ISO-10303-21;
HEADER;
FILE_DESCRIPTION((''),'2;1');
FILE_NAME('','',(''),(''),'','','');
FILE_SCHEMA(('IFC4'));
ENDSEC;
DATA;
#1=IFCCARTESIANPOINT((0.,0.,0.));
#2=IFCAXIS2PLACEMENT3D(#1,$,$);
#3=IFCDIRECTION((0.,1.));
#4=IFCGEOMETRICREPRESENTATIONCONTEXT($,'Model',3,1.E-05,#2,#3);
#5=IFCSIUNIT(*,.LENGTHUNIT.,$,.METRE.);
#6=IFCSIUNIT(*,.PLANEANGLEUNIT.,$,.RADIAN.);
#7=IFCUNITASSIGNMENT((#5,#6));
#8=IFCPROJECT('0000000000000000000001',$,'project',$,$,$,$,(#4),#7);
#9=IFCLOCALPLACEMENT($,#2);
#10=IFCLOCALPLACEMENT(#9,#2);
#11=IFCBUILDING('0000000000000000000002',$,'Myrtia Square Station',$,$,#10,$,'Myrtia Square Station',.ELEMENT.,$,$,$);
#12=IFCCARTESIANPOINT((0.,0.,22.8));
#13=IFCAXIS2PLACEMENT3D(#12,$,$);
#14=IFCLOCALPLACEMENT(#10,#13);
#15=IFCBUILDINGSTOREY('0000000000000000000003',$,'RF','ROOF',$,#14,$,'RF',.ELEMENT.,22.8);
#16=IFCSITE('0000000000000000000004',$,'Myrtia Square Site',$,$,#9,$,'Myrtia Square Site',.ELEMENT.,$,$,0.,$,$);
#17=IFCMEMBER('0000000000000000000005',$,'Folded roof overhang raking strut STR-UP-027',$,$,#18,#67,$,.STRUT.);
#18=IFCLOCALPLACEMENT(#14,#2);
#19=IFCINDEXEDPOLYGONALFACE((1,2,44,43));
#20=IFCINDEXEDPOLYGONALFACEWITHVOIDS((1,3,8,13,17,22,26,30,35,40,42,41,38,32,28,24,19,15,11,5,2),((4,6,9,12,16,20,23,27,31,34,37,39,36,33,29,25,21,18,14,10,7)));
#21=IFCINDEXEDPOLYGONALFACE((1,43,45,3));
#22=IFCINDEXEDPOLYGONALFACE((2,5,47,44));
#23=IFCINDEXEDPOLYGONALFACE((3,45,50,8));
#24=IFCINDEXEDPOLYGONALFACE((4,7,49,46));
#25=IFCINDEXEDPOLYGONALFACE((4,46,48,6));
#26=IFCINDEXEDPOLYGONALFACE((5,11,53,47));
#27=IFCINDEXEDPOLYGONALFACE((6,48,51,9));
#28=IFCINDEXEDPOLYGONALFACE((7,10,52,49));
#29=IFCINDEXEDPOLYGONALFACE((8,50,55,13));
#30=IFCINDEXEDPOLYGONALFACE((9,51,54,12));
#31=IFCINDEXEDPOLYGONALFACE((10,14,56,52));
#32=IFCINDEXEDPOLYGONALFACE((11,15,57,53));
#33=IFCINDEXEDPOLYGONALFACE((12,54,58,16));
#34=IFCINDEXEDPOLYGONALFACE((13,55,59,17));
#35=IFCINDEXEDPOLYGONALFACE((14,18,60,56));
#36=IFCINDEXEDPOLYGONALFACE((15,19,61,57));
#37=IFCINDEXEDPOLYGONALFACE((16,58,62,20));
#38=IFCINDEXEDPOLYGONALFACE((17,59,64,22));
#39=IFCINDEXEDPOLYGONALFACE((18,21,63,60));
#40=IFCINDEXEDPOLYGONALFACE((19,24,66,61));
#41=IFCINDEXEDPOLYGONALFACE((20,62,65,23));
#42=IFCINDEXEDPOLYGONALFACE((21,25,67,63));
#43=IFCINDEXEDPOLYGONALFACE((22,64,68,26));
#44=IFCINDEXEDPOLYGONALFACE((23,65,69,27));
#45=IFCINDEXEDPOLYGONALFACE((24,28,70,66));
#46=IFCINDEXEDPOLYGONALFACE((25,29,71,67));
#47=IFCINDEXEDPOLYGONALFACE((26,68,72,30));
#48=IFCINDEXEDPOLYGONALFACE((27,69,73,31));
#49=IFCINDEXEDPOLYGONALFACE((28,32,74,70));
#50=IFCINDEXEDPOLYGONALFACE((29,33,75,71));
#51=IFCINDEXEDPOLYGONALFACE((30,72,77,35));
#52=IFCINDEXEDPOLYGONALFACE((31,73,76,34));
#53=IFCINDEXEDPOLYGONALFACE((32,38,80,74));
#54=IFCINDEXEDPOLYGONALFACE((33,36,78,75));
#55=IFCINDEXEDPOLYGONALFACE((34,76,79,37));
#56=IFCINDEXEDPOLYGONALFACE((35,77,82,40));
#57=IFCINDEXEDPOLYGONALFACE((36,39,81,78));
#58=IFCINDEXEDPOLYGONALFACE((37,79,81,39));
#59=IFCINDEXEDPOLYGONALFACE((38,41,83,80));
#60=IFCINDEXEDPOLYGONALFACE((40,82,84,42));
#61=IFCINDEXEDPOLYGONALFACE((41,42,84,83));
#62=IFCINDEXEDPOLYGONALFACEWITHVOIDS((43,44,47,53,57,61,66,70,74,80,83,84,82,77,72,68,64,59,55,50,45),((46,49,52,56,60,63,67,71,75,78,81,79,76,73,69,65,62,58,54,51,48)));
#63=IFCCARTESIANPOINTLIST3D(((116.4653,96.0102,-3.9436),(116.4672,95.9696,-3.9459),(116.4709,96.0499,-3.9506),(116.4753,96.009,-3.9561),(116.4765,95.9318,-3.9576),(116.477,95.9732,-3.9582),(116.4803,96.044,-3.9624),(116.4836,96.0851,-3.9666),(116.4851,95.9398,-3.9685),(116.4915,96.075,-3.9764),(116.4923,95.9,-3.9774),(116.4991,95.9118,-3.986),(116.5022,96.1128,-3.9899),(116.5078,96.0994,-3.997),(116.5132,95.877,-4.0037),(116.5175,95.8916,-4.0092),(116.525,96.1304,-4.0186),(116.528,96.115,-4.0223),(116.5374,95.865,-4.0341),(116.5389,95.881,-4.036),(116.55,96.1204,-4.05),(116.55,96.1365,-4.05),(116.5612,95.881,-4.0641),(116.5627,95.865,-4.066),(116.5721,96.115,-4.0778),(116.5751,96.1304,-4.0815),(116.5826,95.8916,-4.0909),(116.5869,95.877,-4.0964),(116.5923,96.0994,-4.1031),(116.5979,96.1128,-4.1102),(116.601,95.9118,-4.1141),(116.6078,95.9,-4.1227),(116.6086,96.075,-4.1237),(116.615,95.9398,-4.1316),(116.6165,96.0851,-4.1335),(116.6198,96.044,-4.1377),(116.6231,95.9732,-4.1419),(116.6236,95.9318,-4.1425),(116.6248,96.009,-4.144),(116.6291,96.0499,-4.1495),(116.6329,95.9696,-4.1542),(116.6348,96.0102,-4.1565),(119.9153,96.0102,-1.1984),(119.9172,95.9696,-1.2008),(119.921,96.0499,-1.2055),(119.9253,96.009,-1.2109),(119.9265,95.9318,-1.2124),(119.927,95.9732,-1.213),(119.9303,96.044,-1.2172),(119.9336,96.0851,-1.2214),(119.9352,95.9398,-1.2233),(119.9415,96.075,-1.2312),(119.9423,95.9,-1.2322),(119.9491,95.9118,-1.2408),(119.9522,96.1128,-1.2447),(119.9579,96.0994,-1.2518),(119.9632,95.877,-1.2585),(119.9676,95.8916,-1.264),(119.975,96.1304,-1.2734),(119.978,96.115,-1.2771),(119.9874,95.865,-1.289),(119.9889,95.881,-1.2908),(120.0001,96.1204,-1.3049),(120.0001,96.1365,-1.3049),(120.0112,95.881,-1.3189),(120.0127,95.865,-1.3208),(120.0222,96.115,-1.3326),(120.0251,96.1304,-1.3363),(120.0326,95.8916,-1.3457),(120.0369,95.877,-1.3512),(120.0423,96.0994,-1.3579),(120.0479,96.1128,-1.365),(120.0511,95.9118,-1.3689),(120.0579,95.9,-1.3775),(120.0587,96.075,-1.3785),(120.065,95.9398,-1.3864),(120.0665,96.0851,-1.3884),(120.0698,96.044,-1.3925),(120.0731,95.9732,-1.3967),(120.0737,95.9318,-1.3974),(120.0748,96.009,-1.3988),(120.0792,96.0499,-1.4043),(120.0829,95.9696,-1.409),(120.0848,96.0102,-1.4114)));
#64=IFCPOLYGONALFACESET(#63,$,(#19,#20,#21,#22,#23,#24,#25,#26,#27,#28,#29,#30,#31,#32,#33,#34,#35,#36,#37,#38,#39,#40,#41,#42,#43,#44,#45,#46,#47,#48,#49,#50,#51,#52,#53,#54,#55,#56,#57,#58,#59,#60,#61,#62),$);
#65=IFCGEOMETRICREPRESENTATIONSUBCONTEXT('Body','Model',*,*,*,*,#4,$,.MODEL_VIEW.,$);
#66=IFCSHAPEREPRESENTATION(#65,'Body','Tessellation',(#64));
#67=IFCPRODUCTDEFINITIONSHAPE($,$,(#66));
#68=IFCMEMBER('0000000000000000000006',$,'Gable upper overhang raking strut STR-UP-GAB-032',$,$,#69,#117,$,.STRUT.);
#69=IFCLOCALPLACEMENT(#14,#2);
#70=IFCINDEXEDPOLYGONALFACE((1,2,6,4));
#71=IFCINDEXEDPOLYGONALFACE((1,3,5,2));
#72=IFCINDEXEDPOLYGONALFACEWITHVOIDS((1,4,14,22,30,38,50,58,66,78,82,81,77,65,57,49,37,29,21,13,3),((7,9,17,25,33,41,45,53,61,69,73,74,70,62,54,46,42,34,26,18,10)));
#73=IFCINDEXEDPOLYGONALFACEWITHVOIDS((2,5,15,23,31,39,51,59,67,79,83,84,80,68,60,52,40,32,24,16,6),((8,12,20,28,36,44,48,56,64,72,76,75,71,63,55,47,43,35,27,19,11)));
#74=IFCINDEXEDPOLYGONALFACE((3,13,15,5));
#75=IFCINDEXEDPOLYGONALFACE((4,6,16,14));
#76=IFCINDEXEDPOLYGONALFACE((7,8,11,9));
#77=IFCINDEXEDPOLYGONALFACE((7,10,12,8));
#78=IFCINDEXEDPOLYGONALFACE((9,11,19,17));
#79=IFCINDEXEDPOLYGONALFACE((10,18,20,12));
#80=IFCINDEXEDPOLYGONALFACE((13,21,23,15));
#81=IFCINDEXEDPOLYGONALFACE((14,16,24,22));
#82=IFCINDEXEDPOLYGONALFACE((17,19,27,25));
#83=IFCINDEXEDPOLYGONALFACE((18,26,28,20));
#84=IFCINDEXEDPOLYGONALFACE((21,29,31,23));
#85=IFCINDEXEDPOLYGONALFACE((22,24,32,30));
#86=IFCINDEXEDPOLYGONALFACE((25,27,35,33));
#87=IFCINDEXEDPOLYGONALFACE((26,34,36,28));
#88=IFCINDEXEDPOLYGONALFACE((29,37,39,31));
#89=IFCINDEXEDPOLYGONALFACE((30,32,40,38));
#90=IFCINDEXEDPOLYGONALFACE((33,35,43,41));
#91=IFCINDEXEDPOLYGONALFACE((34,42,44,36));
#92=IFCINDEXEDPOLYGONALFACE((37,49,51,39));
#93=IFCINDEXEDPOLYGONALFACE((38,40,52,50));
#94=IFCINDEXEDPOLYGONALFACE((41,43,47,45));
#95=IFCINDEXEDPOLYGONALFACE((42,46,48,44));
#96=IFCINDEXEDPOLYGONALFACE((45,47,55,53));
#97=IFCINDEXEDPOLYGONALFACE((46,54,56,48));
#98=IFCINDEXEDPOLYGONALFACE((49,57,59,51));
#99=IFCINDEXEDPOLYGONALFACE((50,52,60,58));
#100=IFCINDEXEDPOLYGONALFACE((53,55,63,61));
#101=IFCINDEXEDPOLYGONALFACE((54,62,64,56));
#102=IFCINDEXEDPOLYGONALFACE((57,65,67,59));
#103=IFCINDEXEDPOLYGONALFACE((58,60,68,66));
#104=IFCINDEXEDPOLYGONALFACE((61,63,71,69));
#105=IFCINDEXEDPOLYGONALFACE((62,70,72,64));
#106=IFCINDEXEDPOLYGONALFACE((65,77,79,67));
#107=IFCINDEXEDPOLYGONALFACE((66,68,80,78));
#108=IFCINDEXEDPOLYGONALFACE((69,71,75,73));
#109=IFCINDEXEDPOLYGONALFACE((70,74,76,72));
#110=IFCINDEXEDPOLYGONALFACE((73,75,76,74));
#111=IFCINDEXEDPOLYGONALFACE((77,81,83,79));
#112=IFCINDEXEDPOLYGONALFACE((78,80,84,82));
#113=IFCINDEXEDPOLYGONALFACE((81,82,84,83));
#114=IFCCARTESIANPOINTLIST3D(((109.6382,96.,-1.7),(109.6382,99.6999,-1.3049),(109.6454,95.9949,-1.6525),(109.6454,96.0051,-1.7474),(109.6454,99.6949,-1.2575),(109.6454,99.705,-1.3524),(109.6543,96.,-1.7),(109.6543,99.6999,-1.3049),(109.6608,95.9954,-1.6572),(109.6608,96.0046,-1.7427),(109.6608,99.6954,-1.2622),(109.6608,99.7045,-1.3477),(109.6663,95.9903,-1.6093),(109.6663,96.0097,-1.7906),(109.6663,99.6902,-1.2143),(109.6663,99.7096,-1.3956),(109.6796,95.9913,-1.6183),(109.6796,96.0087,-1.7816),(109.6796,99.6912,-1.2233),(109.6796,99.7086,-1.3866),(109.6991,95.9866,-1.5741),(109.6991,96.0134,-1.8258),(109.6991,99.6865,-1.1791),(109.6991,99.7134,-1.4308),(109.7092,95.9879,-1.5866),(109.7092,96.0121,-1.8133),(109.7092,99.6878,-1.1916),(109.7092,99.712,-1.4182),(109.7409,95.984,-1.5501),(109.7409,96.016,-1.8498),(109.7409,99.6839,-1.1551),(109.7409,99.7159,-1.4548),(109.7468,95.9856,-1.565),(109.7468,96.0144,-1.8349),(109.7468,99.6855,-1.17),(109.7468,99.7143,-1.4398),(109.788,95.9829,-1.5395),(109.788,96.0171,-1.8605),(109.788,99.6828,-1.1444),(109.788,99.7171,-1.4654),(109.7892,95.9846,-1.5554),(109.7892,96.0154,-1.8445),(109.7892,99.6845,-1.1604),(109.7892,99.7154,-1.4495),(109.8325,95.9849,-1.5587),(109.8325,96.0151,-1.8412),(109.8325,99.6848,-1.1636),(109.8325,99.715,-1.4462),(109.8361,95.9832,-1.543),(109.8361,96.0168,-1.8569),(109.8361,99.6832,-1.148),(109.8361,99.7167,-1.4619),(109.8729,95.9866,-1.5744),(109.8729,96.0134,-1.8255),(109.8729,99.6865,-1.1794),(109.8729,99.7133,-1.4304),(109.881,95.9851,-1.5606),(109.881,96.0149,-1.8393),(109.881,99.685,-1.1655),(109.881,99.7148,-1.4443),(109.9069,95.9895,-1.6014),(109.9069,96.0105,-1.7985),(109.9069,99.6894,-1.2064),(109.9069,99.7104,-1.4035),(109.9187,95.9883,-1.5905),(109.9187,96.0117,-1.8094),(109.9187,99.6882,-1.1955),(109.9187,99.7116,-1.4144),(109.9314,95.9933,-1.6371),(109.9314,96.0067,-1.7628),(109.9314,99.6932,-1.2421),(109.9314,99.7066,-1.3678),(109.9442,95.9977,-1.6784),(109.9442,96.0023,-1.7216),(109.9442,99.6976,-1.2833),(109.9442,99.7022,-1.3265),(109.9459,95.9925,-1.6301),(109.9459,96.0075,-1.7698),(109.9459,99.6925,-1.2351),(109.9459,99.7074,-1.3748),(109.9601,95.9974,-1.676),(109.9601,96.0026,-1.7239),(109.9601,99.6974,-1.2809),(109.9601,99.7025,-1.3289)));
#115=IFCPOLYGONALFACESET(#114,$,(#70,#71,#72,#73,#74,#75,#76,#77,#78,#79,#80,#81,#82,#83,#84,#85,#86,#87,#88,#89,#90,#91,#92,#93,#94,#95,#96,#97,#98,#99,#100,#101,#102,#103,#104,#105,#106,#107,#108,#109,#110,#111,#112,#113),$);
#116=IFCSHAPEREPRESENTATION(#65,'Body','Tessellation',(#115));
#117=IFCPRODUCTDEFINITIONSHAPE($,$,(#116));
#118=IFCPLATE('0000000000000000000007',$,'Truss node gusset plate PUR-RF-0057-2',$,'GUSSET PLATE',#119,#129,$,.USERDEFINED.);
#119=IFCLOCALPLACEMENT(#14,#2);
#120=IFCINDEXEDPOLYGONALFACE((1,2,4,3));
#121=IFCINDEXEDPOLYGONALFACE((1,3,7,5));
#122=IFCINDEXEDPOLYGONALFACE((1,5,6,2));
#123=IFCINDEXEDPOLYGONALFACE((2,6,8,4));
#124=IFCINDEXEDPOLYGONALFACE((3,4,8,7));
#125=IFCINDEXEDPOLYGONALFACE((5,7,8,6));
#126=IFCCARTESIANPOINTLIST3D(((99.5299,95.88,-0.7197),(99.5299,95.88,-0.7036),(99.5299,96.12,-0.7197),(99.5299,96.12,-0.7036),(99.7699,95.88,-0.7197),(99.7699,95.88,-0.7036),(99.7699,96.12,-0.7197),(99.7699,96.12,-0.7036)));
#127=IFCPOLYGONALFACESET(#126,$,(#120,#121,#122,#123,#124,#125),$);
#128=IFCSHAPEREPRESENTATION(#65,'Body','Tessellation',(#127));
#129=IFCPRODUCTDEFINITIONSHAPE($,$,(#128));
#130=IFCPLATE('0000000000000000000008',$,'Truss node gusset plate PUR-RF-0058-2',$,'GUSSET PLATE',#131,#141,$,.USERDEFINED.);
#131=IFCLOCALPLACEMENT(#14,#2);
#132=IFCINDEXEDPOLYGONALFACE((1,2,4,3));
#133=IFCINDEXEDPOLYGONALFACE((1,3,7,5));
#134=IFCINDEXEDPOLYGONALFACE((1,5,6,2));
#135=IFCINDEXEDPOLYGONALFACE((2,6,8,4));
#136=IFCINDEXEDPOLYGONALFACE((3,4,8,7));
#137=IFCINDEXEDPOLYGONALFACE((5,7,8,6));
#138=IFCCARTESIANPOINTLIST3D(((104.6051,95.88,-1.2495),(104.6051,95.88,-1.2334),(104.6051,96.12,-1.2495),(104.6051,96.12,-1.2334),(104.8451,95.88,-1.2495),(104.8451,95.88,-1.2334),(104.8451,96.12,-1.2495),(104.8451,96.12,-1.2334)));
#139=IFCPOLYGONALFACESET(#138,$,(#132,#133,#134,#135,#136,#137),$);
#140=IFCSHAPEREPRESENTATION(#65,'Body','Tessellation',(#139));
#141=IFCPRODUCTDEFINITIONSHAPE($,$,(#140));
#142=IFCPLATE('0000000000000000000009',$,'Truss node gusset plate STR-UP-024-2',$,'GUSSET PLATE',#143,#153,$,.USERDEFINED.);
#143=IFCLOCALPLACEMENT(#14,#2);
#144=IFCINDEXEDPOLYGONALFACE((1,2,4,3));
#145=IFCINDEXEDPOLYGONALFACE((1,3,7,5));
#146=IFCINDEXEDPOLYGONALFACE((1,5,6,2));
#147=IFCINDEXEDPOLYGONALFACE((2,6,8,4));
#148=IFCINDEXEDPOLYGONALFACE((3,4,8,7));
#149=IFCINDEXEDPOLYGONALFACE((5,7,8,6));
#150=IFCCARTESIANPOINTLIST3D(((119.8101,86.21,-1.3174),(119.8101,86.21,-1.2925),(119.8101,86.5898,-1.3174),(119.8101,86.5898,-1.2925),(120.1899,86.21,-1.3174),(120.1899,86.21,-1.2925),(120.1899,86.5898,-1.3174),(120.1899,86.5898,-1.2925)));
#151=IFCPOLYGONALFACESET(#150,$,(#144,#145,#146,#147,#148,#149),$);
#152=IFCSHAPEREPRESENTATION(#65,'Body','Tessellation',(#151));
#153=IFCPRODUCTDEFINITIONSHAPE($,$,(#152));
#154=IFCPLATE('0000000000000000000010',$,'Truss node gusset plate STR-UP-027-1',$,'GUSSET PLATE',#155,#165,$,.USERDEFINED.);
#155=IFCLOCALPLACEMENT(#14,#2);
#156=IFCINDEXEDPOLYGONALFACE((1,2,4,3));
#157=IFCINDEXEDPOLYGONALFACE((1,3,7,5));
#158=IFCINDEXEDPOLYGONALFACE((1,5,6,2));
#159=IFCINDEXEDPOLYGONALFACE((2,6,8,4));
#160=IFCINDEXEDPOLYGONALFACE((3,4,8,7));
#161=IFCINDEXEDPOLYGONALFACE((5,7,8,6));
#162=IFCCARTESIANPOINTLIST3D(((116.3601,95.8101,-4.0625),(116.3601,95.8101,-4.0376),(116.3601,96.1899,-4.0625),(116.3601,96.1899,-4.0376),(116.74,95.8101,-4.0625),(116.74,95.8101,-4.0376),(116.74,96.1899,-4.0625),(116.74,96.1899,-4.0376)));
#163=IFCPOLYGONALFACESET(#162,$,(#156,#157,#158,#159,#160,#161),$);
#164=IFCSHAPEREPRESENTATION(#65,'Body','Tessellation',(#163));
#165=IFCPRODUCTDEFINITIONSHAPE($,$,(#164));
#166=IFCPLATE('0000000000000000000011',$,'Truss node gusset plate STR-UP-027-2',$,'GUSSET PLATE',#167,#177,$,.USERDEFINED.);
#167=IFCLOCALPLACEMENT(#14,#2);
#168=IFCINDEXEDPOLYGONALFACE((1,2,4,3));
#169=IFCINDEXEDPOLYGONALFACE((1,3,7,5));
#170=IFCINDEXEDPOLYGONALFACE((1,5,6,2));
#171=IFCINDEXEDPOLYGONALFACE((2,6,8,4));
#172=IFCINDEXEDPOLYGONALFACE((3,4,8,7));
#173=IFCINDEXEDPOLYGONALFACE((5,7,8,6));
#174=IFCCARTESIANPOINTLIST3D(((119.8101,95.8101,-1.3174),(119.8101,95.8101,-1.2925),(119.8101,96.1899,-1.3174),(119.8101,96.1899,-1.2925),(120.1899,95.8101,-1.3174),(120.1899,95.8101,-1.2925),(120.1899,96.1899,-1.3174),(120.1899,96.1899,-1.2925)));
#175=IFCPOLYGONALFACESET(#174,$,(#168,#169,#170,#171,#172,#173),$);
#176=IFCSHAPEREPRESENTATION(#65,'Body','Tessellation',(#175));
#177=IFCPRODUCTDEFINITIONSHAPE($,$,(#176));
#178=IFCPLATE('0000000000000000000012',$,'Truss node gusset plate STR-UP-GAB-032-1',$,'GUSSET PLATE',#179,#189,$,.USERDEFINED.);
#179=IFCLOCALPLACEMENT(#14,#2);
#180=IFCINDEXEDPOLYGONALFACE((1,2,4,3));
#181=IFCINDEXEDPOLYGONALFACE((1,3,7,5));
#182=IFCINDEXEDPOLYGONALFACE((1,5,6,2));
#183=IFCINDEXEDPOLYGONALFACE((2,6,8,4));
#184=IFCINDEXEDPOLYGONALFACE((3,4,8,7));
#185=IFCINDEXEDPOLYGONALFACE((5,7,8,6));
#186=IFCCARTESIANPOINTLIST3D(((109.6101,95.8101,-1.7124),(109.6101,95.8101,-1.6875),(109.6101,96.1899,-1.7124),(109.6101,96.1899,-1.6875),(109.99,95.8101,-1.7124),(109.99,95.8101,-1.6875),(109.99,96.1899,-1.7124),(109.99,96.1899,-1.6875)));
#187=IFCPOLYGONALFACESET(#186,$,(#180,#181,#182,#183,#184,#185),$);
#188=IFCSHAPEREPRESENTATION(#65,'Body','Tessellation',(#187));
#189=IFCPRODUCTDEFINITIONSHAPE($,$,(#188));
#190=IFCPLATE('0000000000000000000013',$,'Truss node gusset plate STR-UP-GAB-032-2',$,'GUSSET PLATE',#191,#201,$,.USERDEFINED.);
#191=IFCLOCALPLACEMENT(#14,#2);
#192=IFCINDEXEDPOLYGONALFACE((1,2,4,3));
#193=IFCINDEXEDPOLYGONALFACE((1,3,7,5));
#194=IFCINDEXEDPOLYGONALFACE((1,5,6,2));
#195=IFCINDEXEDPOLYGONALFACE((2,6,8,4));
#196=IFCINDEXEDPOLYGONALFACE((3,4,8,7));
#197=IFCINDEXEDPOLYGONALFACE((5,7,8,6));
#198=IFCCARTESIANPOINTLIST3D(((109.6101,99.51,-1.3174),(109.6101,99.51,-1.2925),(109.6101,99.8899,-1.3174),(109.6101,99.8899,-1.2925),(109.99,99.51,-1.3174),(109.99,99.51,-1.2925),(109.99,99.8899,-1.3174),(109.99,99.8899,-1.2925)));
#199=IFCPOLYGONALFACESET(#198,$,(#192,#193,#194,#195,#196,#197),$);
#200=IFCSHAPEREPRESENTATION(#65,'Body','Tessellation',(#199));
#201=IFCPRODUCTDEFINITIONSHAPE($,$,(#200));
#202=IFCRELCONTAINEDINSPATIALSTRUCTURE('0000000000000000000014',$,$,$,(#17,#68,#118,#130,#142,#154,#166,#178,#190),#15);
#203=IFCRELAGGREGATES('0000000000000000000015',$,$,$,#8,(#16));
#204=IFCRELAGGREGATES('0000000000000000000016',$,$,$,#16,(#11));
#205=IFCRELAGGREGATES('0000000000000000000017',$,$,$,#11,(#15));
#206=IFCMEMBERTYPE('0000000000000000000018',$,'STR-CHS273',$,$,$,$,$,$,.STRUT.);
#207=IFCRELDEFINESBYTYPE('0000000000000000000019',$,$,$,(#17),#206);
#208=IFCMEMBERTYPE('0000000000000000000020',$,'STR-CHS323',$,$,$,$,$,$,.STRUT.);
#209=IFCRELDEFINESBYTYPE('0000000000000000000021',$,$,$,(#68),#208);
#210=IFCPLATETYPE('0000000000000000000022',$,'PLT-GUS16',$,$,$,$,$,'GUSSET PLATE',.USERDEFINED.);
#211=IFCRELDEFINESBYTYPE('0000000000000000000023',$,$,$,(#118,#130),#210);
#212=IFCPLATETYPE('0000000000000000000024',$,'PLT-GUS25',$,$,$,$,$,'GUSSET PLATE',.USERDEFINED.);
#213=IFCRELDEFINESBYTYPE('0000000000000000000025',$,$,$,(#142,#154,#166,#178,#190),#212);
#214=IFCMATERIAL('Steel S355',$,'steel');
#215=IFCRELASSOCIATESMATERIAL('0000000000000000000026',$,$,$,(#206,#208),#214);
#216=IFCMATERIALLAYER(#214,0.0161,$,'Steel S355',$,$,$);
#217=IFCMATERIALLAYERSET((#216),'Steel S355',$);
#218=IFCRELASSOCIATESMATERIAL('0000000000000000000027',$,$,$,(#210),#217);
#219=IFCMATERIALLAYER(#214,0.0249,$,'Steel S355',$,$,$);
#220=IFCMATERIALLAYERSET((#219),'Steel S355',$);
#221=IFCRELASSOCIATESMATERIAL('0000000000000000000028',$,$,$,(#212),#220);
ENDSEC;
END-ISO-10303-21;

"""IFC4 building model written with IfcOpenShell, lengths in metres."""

from ifc_helpers import new_model, si_unit, direction, frame, origin, origin_2d, place, context, subcontext, project, spatial, rectangle, hollow_circle, extrude, material, layer, layer_set, material_profile, profile_set, type_object, element, save


model = new_model("IFC4")

# Units and contexts
model_context = context("Model", 3, precision=1e-05, world=origin(), true_north=direction((0.0, 1.0)))
body_context = subcontext(model_context, "Body", "Model", "MODEL_VIEW")
ifc_project = project(units=[si_unit("LENGTHUNIT", "METRE"), si_unit("PLANEANGLEUNIT", "RADIAN")], contexts=[model_context])

# Site, building, storey
site_placement = place(None, origin())
site = spatial("IfcSite", under=ifc_project, at=site_placement, Name="Myrtia Square Site", LongName="Myrtia Square Site", CompositionType="ELEMENT", RefElevation=0.0)
building_placement = place(site_placement, origin())
building = spatial("IfcBuilding", under=site, at=building_placement, Name="Myrtia Square Station", LongName="Myrtia Square Station", CompositionType="ELEMENT")
storey_placement = place(building_placement, frame((0.0, 0.0, 22.8)))
storey = spatial("IfcBuildingStorey", under=building, at=storey_placement, Name="RF", Description="ROOF", LongName="RF", CompositionType="ELEMENT", Elevation=22.8)

# Shared definitions
ifc_material_1 = material(Name="Steel S355", Category="steel")

# Members
ifc_material_profile_1 = material_profile(ifc_material_1, hollow_circle(Radius=0.1365, WallThickness=0.0161, at=origin_2d()), Name="CHS 273x16")
ifc_profile_set_1 = profile_set([ifc_material_profile_1], Name="Steel S355")
member_type_1 = type_object("IfcMemberType", Name="STR-CHS273", PredefinedType="STRUT", material=ifc_profile_set_1)
member_1_placement = place(storey_placement, frame((116.55, 96.0, -4.05), z_axis=(0.782508, 0.0, 0.62264), x_axis=(0.0, 1.0, 0.0)))
element("IfcMember", 1, at=member_1_placement, inside=storey, type_object=member_type_1, Name="Folded roof overhang raking strut STR-UP-027", PredefinedType="STRUT", context=body_context, shape_type="SweptSolid", body=[
    extrude(hollow_circle(Radius=0.1365, WallThickness=0.0161, at=origin_2d()), origin(), (0.0, 0.0, 1.0), 4.4089),
])
ifc_material_profile_2 = material_profile(ifc_material_1, hollow_circle(Radius=0.1619, WallThickness=0.0161, at=origin_2d()), Name="CHS 323.9x16")
ifc_profile_set_2 = profile_set([ifc_material_profile_2], Name="Steel S355")
member_type_2 = type_object("IfcMemberType", Name="STR-CHS323", PredefinedType="STRUT", material=ifc_profile_set_2)
member_2_placement = place(storey_placement, frame((109.8, 96.0, -1.7), z_axis=(0.0, 0.994349, 0.10616), x_axis=(-1.0, 0.0, 0.0)))
element("IfcMember", 2, at=member_2_placement, inside=storey, type_object=member_type_2, Name="Gable upper overhang raking strut STR-UP-GAB-032", PredefinedType="STRUT", context=body_context, shape_type="SweptSolid", body=[
    extrude(hollow_circle(Radius=0.1619, WallThickness=0.0161, at=origin_2d()), origin(), (0.0, 0.0, 1.0), 3.7209),
])

# Plates
ifc_layer_1 = layer(ifc_material_1, 0.0161, Name="Steel S355")
ifc_layer_set_1 = layer_set([ifc_layer_1], Name="Steel S355")
plate_type_1 = type_object("IfcPlateType", Name="PLT-GUS16", ElementType="GUSSET PLATE", PredefinedType="USERDEFINED", material=ifc_layer_set_1)
for number, where, z_axis, x_axis, name in (
    (3, (99.6499, 96.0, -0.7197), (0.0, 0.0, 1.0), (0.0, 1.0, 0.0), "Truss node gusset plate PUR-RF-0057-2"),
    (4, (104.7251, 96.0, -1.2495), (0.0, 0.0, 1.0), (0.0, 1.0, 0.0), "Truss node gusset plate PUR-RF-0058-2"),
):
    element("IfcPlate", number, at=place(storey_placement, frame(where, z_axis=z_axis, x_axis=x_axis)), inside=storey, type_object=plate_type_1, Name=name, ObjectType="GUSSET PLATE", PredefinedType="USERDEFINED", context=body_context, shape_type="SweptSolid", body=[
        extrude(rectangle(XDim=0.24, YDim=0.24, at=origin_2d()), origin(), (0.0, 0.0, 1.0), 0.0161),
    ])
ifc_layer_2 = layer(ifc_material_1, 0.0249, Name="Steel S355")
ifc_layer_set_2 = layer_set([ifc_layer_2], Name="Steel S355")
plate_type_2 = type_object("IfcPlateType", Name="PLT-GUS25", ElementType="GUSSET PLATE", PredefinedType="USERDEFINED", material=ifc_layer_set_2)
for number, where, z_axis, x_axis, name in (
    (5, (120.0, 86.3999, -1.3174), (0.0, 0.0, 1.0), (1.0, 0.0, 0.0), "Truss node gusset plate STR-UP-024-2"),
    (6, (116.55, 96.0, -4.0625), (0.0, 0.0, 1.0), (1.0, 0.0, 0.0), "Truss node gusset plate STR-UP-027-1"),
    (7, (120.0, 96.0, -1.3174), (0.0, 0.0, 1.0), (1.0, 0.0, 0.0), "Truss node gusset plate STR-UP-027-2"),
    (8, (109.8, 96.0, -1.7124), (0.0, 0.0, 1.0), (0.0, 1.0, 0.0), "Truss node gusset plate STR-UP-GAB-032-1"),
    (9, (109.8, 99.7, -1.3174), (0.0, 0.0, 1.0), (0.0, 1.0, 0.0), "Truss node gusset plate STR-UP-GAB-032-2"),
):
    element("IfcPlate", number, at=place(storey_placement, frame(where, z_axis=z_axis, x_axis=x_axis)), inside=storey, type_object=plate_type_2, Name=name, ObjectType="GUSSET PLATE", PredefinedType="USERDEFINED", context=body_context, shape_type="SweptSolid", body=[
        extrude(rectangle(XDim=0.3799, YDim=0.3799, at=origin_2d()), origin(), (0.0, 0.0, 1.0), 0.0249),
    ])

save(model, "model.ifc")
